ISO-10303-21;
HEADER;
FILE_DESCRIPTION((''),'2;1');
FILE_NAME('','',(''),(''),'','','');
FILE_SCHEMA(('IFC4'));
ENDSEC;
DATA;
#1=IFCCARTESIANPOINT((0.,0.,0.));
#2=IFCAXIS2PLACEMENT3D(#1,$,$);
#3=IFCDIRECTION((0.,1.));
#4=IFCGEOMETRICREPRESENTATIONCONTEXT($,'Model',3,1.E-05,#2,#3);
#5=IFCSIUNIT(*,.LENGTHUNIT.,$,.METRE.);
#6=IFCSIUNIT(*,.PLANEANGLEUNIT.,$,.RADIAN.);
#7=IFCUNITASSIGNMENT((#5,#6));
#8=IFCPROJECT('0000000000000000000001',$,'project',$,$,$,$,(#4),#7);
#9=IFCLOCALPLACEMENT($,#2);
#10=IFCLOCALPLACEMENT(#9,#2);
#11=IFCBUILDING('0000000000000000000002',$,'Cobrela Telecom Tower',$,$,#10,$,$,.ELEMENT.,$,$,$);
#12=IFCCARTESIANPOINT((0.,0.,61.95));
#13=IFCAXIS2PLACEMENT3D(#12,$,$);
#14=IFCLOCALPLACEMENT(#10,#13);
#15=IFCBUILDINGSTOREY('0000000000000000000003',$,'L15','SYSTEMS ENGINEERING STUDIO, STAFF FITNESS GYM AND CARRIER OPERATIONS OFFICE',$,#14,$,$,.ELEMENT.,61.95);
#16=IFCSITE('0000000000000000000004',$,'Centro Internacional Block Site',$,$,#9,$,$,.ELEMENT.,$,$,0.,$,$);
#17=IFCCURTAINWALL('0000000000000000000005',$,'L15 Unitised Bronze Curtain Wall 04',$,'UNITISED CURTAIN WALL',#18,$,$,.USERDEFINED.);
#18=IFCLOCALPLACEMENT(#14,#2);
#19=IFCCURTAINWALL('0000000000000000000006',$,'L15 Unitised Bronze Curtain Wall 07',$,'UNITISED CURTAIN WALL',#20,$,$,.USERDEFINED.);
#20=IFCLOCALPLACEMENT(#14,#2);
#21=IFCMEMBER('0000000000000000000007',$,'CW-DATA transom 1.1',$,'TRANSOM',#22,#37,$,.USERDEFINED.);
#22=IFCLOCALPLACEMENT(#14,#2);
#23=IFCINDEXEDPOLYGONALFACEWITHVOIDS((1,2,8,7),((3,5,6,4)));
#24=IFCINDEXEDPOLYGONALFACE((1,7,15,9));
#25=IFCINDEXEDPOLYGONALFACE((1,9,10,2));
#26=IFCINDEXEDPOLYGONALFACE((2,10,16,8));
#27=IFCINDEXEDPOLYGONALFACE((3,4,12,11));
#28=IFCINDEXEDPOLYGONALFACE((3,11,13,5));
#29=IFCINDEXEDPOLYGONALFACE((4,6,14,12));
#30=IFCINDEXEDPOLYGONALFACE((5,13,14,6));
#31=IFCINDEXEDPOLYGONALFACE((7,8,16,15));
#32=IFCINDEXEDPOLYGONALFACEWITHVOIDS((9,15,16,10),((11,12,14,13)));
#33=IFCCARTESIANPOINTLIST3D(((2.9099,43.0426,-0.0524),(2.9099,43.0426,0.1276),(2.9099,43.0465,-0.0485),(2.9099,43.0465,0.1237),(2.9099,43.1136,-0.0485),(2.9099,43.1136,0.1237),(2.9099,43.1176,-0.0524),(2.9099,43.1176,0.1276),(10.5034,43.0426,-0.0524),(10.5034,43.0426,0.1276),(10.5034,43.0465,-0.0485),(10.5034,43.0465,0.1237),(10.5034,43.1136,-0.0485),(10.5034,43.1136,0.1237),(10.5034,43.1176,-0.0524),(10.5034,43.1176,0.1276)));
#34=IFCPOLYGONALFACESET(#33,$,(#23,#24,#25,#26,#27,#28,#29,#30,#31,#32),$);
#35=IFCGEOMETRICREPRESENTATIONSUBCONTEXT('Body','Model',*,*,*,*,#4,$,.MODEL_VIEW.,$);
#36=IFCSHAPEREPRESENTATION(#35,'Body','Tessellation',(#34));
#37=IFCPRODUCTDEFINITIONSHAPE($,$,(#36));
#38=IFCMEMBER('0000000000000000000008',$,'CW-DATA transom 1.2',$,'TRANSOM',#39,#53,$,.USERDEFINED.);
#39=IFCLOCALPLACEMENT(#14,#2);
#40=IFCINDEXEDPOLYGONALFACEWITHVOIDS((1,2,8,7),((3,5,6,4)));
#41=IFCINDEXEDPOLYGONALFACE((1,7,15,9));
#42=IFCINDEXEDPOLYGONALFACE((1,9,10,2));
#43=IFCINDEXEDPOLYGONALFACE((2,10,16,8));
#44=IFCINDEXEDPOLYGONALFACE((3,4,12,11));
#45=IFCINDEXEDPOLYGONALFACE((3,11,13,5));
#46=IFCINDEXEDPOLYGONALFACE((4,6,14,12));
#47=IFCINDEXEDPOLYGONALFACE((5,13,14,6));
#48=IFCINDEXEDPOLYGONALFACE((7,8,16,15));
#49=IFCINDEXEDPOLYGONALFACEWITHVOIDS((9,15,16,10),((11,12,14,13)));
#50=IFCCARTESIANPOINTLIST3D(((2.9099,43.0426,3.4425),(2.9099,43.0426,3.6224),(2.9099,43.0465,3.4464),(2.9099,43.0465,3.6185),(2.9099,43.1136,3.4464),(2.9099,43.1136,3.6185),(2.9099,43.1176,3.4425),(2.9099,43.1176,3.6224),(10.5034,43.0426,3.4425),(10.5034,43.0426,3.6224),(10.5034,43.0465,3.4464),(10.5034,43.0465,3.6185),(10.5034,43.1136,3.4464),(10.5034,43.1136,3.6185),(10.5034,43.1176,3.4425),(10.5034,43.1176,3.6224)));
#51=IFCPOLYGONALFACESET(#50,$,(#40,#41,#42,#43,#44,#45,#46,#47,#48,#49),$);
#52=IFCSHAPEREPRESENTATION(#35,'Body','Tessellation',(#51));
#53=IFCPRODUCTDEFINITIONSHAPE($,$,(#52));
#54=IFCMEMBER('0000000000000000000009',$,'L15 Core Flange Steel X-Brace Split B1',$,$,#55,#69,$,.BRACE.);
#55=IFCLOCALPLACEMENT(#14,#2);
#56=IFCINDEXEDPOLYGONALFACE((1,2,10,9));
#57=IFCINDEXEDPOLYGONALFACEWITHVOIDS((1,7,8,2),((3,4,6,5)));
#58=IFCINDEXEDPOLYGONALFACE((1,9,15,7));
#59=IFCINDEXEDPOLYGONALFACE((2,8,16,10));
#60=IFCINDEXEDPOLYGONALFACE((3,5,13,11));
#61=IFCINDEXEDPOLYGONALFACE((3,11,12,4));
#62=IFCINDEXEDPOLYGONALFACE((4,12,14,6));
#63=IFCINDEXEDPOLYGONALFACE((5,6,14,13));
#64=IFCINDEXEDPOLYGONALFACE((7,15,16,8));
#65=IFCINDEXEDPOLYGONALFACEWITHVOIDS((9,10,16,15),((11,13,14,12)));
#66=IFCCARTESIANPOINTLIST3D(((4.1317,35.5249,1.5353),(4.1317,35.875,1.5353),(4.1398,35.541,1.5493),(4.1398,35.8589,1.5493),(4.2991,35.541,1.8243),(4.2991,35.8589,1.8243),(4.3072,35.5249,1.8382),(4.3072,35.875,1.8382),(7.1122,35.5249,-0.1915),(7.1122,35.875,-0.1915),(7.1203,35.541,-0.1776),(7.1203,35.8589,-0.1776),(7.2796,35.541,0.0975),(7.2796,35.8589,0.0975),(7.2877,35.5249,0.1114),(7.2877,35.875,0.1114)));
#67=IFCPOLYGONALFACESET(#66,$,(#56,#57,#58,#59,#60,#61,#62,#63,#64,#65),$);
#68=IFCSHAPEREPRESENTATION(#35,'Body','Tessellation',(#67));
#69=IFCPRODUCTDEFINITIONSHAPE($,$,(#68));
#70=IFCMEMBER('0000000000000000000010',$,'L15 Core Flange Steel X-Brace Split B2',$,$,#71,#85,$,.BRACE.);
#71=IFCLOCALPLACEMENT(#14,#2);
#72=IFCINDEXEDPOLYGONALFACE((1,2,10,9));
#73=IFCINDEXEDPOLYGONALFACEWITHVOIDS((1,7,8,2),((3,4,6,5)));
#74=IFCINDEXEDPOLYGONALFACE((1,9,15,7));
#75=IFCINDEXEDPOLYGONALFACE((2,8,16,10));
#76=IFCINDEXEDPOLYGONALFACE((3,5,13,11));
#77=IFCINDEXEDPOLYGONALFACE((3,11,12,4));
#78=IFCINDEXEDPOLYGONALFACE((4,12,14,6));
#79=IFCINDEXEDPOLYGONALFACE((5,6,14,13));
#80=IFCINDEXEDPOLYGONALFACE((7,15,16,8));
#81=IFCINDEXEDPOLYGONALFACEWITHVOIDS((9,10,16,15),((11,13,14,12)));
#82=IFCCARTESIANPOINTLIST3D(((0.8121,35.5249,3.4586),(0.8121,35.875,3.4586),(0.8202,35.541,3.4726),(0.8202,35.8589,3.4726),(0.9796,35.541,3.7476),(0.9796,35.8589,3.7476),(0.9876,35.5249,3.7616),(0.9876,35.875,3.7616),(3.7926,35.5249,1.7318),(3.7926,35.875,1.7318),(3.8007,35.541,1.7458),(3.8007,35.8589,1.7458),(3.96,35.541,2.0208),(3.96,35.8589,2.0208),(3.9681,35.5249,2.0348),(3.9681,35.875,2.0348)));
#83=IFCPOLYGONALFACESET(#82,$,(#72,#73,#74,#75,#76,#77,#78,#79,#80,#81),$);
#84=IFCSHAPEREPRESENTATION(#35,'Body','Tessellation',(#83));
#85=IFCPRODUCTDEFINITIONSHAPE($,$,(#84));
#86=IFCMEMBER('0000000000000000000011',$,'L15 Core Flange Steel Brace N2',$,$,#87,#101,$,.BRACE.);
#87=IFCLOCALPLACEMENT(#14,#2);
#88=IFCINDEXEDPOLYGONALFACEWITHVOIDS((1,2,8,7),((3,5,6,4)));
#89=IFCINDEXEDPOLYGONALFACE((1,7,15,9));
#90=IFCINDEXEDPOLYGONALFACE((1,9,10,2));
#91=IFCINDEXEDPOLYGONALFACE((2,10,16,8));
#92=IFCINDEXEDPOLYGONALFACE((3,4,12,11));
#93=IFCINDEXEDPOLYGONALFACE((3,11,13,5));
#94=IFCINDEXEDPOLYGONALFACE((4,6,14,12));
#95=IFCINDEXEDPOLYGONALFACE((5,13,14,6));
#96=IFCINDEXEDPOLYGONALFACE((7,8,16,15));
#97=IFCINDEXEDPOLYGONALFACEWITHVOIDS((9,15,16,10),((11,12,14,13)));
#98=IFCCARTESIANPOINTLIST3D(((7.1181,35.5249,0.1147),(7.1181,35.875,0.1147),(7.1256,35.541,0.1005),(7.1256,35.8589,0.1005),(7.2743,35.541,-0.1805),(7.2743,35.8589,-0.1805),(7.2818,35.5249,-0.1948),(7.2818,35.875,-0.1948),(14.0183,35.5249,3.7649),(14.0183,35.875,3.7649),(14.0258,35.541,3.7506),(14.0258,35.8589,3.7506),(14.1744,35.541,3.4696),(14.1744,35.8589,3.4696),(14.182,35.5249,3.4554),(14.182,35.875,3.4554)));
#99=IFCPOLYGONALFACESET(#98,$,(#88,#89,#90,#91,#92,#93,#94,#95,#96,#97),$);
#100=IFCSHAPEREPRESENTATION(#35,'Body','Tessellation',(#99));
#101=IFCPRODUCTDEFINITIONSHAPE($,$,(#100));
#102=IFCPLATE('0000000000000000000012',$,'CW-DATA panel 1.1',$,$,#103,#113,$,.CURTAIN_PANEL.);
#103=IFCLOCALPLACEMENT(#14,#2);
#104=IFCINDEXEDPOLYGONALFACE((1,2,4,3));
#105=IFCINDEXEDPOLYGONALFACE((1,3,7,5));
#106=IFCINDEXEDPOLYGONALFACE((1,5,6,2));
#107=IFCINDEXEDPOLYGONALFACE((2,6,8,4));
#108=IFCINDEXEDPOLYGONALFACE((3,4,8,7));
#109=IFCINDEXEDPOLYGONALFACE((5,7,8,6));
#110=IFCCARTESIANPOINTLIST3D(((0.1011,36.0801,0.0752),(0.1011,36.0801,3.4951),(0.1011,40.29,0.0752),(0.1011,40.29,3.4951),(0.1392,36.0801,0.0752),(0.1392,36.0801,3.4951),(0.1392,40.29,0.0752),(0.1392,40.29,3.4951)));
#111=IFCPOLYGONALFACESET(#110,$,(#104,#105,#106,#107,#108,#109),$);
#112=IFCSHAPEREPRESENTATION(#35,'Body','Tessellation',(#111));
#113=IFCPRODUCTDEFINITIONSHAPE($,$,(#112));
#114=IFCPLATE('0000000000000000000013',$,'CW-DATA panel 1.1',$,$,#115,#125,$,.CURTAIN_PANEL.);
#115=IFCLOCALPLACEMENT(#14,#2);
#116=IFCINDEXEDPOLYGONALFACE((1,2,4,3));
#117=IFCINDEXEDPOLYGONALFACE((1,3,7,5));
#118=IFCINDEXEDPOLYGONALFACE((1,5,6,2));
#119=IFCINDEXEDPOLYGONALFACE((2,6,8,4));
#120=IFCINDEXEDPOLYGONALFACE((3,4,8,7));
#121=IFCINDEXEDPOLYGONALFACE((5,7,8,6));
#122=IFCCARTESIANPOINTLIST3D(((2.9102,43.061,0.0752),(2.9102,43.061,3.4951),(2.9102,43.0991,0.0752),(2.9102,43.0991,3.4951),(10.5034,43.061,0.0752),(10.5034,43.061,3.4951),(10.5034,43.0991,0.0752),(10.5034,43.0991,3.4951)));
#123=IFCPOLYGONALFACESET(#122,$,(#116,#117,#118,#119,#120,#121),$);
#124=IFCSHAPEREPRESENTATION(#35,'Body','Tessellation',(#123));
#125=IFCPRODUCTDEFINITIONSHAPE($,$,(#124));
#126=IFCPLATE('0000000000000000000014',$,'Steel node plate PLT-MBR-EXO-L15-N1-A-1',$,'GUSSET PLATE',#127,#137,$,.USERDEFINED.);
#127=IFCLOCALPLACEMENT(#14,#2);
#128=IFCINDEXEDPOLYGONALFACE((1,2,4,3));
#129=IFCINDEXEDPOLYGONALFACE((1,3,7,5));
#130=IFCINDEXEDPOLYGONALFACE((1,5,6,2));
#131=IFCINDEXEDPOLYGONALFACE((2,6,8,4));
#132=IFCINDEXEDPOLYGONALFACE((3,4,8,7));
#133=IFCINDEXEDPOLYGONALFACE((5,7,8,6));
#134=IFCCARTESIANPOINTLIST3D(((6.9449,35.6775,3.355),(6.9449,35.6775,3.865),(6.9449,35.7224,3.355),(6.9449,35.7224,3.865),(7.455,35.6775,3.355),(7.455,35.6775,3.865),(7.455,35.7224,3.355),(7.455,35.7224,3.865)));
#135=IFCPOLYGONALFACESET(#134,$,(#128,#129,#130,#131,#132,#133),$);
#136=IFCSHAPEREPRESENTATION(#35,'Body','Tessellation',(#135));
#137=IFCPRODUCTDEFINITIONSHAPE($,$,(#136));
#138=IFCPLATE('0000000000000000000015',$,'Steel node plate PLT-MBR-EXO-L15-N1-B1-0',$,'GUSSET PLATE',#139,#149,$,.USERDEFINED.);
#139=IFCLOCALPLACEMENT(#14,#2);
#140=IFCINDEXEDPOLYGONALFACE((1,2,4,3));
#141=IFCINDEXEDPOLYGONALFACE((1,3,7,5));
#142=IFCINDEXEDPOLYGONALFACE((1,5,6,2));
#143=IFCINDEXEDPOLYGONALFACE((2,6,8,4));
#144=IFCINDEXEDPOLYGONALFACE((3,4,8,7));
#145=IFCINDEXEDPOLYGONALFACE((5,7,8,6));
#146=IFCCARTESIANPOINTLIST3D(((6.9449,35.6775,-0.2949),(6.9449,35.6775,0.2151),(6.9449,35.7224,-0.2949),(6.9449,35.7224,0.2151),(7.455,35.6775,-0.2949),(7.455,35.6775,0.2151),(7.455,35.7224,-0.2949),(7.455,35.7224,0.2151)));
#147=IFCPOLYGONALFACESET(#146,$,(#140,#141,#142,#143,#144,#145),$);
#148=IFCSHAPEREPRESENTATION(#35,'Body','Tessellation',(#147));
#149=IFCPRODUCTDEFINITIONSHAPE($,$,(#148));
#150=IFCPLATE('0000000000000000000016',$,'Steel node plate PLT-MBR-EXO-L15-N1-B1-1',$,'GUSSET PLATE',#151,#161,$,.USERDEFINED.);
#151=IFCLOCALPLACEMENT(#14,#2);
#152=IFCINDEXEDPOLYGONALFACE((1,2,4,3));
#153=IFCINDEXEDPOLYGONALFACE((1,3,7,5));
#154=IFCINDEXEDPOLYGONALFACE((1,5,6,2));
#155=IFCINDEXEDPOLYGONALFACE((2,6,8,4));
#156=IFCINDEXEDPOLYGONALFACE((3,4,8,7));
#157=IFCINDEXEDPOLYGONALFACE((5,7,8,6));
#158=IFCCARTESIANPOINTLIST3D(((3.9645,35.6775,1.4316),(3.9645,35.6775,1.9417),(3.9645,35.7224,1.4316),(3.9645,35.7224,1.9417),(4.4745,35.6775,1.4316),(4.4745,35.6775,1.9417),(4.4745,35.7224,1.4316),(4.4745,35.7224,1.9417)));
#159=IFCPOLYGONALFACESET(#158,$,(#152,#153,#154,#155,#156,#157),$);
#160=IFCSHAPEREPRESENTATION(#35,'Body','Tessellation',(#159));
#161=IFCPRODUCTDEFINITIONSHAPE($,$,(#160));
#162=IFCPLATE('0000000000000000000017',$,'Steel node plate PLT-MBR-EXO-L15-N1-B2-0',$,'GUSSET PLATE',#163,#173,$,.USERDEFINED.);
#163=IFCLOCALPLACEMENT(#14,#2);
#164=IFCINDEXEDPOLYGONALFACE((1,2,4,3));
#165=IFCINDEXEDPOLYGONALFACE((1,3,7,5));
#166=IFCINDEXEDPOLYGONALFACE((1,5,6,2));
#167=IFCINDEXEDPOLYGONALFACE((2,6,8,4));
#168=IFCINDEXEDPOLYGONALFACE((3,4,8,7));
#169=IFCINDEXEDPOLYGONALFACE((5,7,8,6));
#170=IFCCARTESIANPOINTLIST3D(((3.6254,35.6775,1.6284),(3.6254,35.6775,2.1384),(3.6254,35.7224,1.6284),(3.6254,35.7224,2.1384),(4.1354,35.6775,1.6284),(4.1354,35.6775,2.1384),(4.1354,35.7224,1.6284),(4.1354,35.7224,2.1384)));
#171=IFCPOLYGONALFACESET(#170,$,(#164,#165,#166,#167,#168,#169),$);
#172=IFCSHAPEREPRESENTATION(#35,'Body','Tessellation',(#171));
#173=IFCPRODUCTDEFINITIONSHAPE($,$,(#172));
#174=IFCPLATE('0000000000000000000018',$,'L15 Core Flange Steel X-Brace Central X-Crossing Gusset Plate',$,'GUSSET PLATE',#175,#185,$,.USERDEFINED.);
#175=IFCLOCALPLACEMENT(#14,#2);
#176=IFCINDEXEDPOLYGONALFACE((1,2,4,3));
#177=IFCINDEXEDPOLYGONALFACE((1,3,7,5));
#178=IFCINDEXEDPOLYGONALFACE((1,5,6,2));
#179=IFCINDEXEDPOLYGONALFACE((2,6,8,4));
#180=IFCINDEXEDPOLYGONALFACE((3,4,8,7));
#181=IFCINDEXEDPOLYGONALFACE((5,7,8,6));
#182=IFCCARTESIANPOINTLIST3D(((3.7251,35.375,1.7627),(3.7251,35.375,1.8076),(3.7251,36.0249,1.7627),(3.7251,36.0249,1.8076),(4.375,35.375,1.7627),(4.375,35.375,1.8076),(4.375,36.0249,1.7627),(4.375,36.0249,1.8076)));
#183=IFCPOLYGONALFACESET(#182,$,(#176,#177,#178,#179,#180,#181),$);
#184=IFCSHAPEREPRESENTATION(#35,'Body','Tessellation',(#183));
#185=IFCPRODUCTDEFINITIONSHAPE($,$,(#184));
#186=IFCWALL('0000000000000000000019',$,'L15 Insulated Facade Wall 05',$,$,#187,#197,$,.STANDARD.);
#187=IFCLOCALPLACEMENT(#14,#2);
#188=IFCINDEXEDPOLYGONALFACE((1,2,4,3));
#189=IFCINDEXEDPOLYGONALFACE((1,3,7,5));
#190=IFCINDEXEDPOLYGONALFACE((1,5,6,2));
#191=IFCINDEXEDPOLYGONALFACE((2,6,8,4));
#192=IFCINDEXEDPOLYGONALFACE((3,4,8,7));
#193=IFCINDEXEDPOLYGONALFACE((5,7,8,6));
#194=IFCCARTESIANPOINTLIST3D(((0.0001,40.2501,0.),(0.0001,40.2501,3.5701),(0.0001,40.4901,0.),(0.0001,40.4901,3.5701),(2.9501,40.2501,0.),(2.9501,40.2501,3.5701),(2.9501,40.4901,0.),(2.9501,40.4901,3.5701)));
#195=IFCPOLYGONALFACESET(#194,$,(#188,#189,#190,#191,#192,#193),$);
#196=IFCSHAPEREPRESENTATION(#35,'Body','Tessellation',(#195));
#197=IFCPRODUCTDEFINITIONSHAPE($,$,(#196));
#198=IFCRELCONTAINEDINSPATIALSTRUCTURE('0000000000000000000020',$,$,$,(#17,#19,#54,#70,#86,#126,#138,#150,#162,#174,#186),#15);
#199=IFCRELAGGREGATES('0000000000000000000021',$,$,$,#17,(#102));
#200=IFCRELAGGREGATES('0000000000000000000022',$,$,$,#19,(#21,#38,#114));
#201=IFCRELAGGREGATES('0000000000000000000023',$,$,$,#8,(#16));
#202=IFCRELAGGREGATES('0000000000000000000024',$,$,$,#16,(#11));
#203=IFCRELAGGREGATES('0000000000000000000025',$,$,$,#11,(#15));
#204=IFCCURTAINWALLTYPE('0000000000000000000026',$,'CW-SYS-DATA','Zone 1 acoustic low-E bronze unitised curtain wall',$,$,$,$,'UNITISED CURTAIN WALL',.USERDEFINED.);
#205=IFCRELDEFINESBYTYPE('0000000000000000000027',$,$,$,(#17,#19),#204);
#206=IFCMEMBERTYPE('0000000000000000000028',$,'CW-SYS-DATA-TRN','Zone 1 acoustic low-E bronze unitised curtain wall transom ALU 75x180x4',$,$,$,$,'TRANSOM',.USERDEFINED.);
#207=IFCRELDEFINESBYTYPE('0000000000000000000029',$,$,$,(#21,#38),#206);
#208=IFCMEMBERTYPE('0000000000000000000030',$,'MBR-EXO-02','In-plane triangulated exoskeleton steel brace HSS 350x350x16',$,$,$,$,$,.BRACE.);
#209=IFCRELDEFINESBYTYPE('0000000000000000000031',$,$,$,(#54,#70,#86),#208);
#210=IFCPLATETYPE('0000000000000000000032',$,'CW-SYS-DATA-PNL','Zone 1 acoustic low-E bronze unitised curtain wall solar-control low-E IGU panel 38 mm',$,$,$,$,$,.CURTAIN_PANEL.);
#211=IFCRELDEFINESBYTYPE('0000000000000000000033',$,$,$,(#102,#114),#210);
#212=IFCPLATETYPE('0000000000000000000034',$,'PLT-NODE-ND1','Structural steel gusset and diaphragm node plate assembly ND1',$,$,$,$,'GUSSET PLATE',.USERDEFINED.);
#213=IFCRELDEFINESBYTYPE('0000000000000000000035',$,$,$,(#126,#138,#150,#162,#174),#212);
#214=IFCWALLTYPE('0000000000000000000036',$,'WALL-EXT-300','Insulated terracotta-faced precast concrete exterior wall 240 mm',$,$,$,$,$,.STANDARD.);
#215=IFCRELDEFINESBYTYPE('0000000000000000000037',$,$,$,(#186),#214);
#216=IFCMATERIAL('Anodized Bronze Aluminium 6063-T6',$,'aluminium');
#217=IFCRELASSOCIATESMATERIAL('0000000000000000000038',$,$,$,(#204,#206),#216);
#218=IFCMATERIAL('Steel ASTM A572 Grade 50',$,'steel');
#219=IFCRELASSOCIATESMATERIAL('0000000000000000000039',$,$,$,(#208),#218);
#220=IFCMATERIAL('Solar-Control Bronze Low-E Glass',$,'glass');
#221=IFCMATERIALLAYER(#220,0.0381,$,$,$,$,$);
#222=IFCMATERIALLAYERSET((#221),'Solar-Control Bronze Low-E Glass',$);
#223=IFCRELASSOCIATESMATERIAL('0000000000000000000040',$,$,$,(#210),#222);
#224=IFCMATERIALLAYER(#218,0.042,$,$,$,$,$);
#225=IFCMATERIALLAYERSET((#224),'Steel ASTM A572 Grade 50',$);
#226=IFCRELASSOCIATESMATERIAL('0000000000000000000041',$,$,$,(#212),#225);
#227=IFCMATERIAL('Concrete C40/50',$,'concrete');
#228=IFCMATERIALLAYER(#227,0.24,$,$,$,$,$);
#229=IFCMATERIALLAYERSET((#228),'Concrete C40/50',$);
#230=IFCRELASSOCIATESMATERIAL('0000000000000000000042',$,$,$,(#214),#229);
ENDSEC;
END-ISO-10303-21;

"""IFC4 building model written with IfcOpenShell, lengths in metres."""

from ifc_helpers import new_model, si_unit, direction, frame, frame_2d, origin, origin_2d, place, context, subcontext, project, spatial, rectangle, hollow_rectangle, extrude, material, layer, layer_set, material_profile, profile_set, type_object, element, aggregate, save


model = new_model("IFC4")

# Units and contexts
model_context = context("Model", 3, precision=1e-05, world=origin(), true_north=direction((0.0, 1.0)))
body_context = subcontext(model_context, "Body", "Model", "MODEL_VIEW")
ifc_project = project(units=[si_unit("LENGTHUNIT", "METRE"), si_unit("PLANEANGLEUNIT", "RADIAN")], contexts=[model_context])

# Site, building, storey
site_placement = place(None, origin())
site = spatial("IfcSite", under=ifc_project, at=site_placement, Name="Centro Internacional Block Site", CompositionType="ELEMENT", RefElevation=0.0)
building_placement = place(site_placement, origin())
building = spatial("IfcBuilding", under=site, at=building_placement, Name="Cobrela Telecom Tower", CompositionType="ELEMENT")
storey_placement = place(building_placement, frame((0.0, 0.0, 61.95)))
storey = spatial("IfcBuildingStorey", under=building, at=storey_placement, Name="L15", Description="SYSTEMS ENGINEERING STUDIO, STAFF FITNESS GYM AND CARRIER OPERATIONS OFFICE", CompositionType="ELEMENT", Elevation=61.95)

# Curtain wall
ifc_material_1 = material(Name="Anodized Bronze Aluminium 6063-T6", Category="aluminium")
curtain_wall_type = type_object("IfcCurtainWallType", Name="CW-SYS-DATA", Description="Zone 1 acoustic low-E bronze unitised curtain wall", ElementType="UNITISED CURTAIN WALL", PredefinedType="USERDEFINED", material=ifc_material_1)
curtain_wall_1_placement = place(storey_placement, origin())
curtain_wall_1 = element("IfcCurtainWall", 1, at=curtain_wall_1_placement, inside=storey, type_object=curtain_wall_type, Name="L15 Unitised Bronze Curtain Wall 04", ObjectType="UNITISED CURTAIN WALL", PredefinedType="USERDEFINED")

# Curtain wall
curtain_wall_2_placement = place(storey_placement, origin())
curtain_wall_2 = element("IfcCurtainWall", 2, at=curtain_wall_2_placement, inside=storey, type_object=curtain_wall_type, Name="L15 Unitised Bronze Curtain Wall 07", ObjectType="UNITISED CURTAIN WALL", PredefinedType="USERDEFINED")

# Members
ifc_material_profile_1 = material_profile(ifc_material_1, hollow_rectangle(XDim=0.075, YDim=0.1799, WallThickness=0.0039, at=origin_2d()), Name="ALU 75x180x4")
ifc_profile_set_1 = profile_set([ifc_material_profile_1], Name="Anodized Bronze Aluminium 6063-T6")
member_type_1 = type_object("IfcMemberType", Name="CW-SYS-DATA-TRN", Description="Zone 1 acoustic low-E bronze unitised curtain wall transom ALU 75x180x4", ElementType="TRANSOM", PredefinedType="USERDEFINED", material=ifc_profile_set_1)
member_1_placement = place(storey_placement, frame((2.9099, 43.0801, 0.0376), z_axis=(1.0, 0.0, 0.0), x_axis=(0.0, 1.0, 0.0)))
member_1 = element("IfcMember", 3, at=member_1_placement, type_object=member_type_1, Name="CW-DATA transom 1.1", ObjectType="TRANSOM", PredefinedType="USERDEFINED", context=body_context, shape_type="SweptSolid", body=[
    extrude(hollow_rectangle(XDim=0.075, YDim=0.1799, WallThickness=0.0039, at=origin_2d()), origin(), (0.0, 0.0, 1.0), 7.5935),
])
member_2_placement = place(storey_placement, frame((2.9099, 43.0801, 3.5325), z_axis=(1.0, 0.0, 0.0), x_axis=(0.0, 1.0, 0.0)))
member_2 = element("IfcMember", 4, at=member_2_placement, type_object=member_type_1, Name="CW-DATA transom 1.2", ObjectType="TRANSOM", PredefinedType="USERDEFINED", context=body_context, shape_type="SweptSolid", body=[
    extrude(hollow_rectangle(XDim=0.075, YDim=0.1799, WallThickness=0.0039, at=origin_2d()), origin(), (0.0, 0.0, 1.0), 7.5935),
])

# Members
ifc_material_2 = material(Name="Steel ASTM A572 Grade 50", Category="steel")
ifc_material_profile_2 = material_profile(ifc_material_2, hollow_rectangle(XDim=0.3501, YDim=0.3501, WallThickness=0.0161, at=origin_2d()), Name="HSS 350x350x16")
ifc_profile_set_2 = profile_set([ifc_material_profile_2], Name="Steel ASTM A572 Grade 50")
member_type_2 = type_object("IfcMemberType", Name="MBR-EXO-02", Description="In-plane triangulated exoskeleton steel brace HSS 350x350x16", PredefinedType="BRACE", material=ifc_profile_set_2)
for number, where, z_axis, x_axis, name in (
    (5, (7.2, 35.7, -0.04), (-0.865266, 0.0, 0.501313), (0.0, -1.0, 0.0), "L15 Core Flange Steel X-Brace Split B1"),
    (6, (3.8804, 35.7, 1.8833), (-0.865266, 0.0, 0.501313), (0.0, -1.0, 0.0), "L15 Core Flange Steel X-Brace Split B2"),
):
    element("IfcMember", number, at=place(storey_placement, frame(where, z_axis=z_axis, x_axis=x_axis)), inside=storey, type_object=member_type_2, Name=name, PredefinedType="BRACE", context=body_context, shape_type="SweptSolid", body=[
        extrude(hollow_rectangle(XDim=0.3501, YDim=0.3501, WallThickness=0.0161, at=origin_2d()), origin(), (0.0, 0.0, 1.0), 3.4446),
    ])
member_3_placement = place(storey_placement, frame((7.2, 35.7, -0.04), z_axis=(0.88394, 0.0, 0.4676), x_axis=(0.0, 1.0, 0.0)))
element("IfcMember", 7, at=member_3_placement, inside=storey, type_object=member_type_2, Name="L15 Core Flange Steel Brace N2", PredefinedType="BRACE", context=body_context, shape_type="SweptSolid", body=[
    extrude(hollow_rectangle(XDim=0.3501, YDim=0.3501, WallThickness=0.0161, at=origin_2d()), origin(), (0.0, 0.0, 1.0), 7.8062),
])

# Plates
ifc_material_3 = material(Name="Solar-Control Bronze Low-E Glass", Category="glass")
ifc_layer_1 = layer(ifc_material_3, 0.0381)
ifc_layer_set_1 = layer_set([ifc_layer_1], Name="Solar-Control Bronze Low-E Glass")
plate_type_1 = type_object("IfcPlateType", Name="CW-SYS-DATA-PNL", Description="Zone 1 acoustic low-E bronze unitised curtain wall solar-control low-E IGU panel 38 mm", PredefinedType="CURTAIN_PANEL", material=ifc_layer_set_1)
plate_1_placement = place(storey_placement, frame((0.1201, 38.1851, 0.0752), z_axis=(0.0, 0.0, 1.0), x_axis=(0.0, 1.0, 0.0)))
plate_1 = element("IfcPlate", 8, at=plate_1_placement, type_object=plate_type_1, Name="CW-DATA panel 1.1", PredefinedType="CURTAIN_PANEL", context=body_context, shape_type="SweptSolid", body=[
    extrude(rectangle(XDim=4.21, YDim=0.0381, at=origin_2d()), origin(), (0.0, 0.0, 1.0), 3.4199),
])
aggregate(curtain_wall_1, [plate_1])
plate_2_placement = place(storey_placement, frame((6.7068, 43.0801, 0.0752), z_axis=(0.0, 0.0, 1.0), x_axis=(1.0, 0.0, 0.0)))
plate_2 = element("IfcPlate", 9, at=plate_2_placement, type_object=plate_type_1, Name="CW-DATA panel 1.1", PredefinedType="CURTAIN_PANEL", context=body_context, shape_type="SweptSolid", body=[
    extrude(rectangle(XDim=7.5933, YDim=0.0381, at=origin_2d()), origin(), (0.0, 0.0, 1.0), 3.4199),
])
aggregate(curtain_wall_2, [member_1, member_2, plate_2])

# Plates
ifc_layer_2 = layer(ifc_material_2, 0.042)
ifc_layer_set_2 = layer_set([ifc_layer_2], Name="Steel ASTM A572 Grade 50")
plate_type_2 = type_object("IfcPlateType", Name="PLT-NODE-ND1", Description="Structural steel gusset and diaphragm node plate assembly ND1", ElementType="GUSSET PLATE", PredefinedType="USERDEFINED", material=ifc_layer_set_2)
for number, where, z_axis, x_axis, name in (
    (10, (7.2, 35.7, 3.355), (0.0, 0.0, 1.0), (1.0, 0.0, 0.0), "Steel node plate PLT-MBR-EXO-L15-N1-A-1"),
    (11, (7.2, 35.7, -0.2949), (0.0, 0.0, 1.0), (-1.0, 0.0, 0.0), "Steel node plate PLT-MBR-EXO-L15-N1-B1-0"),
    (12, (4.2195, 35.7, 1.4316), (0.0, 0.0, 1.0), (-1.0, 0.0, 0.0), "Steel node plate PLT-MBR-EXO-L15-N1-B1-1"),
    (13, (3.8804, 35.7, 1.6284), (0.0, 0.0, 1.0), (-1.0, 0.0, 0.0), "Steel node plate PLT-MBR-EXO-L15-N1-B2-0"),
):
    element("IfcPlate", number, at=place(storey_placement, frame(where, z_axis=z_axis, x_axis=x_axis)), inside=storey, type_object=plate_type_2, Name=name, ObjectType="GUSSET PLATE", PredefinedType="USERDEFINED", context=body_context, shape_type="SweptSolid", body=[
        extrude(rectangle(XDim=0.51, YDim=0.0449, at=origin_2d()), origin(), (0.0, 0.0, 1.0), 0.51),
    ])
plate_3_placement = place(storey_placement, frame((4.05, 35.7, 1.7627), z_axis=(0.0, 0.0, 1.0), x_axis=(1.0, 0.0, 0.0)))
element("IfcPlate", 14, at=plate_3_placement, inside=storey, type_object=plate_type_2, Name="L15 Core Flange Steel X-Brace Central X-Crossing Gusset Plate", ObjectType="GUSSET PLATE", PredefinedType="USERDEFINED", context=body_context, shape_type="SweptSolid", body=[
    extrude(rectangle(XDim=0.6499, YDim=0.6499, at=origin_2d()), origin(), (0.0, 0.0, 1.0), 0.0449),
])

# Wall
ifc_material_4 = material(Name="Concrete C40/50", Category="concrete")
ifc_layer_3 = layer(ifc_material_4, 0.24)
ifc_layer_set_3 = layer_set([ifc_layer_3], Name="Concrete C40/50")
wall_type = type_object("IfcWallType", Name="WALL-EXT-300", Description="Insulated terracotta-faced precast concrete exterior wall 240 mm", PredefinedType="STANDARD", material=ifc_layer_set_3)
wall_1_placement = place(storey_placement, frame((0.0, 40.3701, 0.0), z_axis=(0.0, 0.0, 1.0), x_axis=(1.0, 0.0, 0.0)))
element("IfcWall", 15, at=wall_1_placement, inside=storey, type_object=wall_type, Name="L15 Insulated Facade Wall 05", PredefinedType="STANDARD", context=body_context, shape_type="SweptSolid", body=[
    extrude(rectangle(XDim=2.95, YDim=0.24, at=frame_2d((1.4751, 0.0))), origin(), (0.0, 0.0, 1.0), 3.5701),
])

save(model, "model.ifc")
